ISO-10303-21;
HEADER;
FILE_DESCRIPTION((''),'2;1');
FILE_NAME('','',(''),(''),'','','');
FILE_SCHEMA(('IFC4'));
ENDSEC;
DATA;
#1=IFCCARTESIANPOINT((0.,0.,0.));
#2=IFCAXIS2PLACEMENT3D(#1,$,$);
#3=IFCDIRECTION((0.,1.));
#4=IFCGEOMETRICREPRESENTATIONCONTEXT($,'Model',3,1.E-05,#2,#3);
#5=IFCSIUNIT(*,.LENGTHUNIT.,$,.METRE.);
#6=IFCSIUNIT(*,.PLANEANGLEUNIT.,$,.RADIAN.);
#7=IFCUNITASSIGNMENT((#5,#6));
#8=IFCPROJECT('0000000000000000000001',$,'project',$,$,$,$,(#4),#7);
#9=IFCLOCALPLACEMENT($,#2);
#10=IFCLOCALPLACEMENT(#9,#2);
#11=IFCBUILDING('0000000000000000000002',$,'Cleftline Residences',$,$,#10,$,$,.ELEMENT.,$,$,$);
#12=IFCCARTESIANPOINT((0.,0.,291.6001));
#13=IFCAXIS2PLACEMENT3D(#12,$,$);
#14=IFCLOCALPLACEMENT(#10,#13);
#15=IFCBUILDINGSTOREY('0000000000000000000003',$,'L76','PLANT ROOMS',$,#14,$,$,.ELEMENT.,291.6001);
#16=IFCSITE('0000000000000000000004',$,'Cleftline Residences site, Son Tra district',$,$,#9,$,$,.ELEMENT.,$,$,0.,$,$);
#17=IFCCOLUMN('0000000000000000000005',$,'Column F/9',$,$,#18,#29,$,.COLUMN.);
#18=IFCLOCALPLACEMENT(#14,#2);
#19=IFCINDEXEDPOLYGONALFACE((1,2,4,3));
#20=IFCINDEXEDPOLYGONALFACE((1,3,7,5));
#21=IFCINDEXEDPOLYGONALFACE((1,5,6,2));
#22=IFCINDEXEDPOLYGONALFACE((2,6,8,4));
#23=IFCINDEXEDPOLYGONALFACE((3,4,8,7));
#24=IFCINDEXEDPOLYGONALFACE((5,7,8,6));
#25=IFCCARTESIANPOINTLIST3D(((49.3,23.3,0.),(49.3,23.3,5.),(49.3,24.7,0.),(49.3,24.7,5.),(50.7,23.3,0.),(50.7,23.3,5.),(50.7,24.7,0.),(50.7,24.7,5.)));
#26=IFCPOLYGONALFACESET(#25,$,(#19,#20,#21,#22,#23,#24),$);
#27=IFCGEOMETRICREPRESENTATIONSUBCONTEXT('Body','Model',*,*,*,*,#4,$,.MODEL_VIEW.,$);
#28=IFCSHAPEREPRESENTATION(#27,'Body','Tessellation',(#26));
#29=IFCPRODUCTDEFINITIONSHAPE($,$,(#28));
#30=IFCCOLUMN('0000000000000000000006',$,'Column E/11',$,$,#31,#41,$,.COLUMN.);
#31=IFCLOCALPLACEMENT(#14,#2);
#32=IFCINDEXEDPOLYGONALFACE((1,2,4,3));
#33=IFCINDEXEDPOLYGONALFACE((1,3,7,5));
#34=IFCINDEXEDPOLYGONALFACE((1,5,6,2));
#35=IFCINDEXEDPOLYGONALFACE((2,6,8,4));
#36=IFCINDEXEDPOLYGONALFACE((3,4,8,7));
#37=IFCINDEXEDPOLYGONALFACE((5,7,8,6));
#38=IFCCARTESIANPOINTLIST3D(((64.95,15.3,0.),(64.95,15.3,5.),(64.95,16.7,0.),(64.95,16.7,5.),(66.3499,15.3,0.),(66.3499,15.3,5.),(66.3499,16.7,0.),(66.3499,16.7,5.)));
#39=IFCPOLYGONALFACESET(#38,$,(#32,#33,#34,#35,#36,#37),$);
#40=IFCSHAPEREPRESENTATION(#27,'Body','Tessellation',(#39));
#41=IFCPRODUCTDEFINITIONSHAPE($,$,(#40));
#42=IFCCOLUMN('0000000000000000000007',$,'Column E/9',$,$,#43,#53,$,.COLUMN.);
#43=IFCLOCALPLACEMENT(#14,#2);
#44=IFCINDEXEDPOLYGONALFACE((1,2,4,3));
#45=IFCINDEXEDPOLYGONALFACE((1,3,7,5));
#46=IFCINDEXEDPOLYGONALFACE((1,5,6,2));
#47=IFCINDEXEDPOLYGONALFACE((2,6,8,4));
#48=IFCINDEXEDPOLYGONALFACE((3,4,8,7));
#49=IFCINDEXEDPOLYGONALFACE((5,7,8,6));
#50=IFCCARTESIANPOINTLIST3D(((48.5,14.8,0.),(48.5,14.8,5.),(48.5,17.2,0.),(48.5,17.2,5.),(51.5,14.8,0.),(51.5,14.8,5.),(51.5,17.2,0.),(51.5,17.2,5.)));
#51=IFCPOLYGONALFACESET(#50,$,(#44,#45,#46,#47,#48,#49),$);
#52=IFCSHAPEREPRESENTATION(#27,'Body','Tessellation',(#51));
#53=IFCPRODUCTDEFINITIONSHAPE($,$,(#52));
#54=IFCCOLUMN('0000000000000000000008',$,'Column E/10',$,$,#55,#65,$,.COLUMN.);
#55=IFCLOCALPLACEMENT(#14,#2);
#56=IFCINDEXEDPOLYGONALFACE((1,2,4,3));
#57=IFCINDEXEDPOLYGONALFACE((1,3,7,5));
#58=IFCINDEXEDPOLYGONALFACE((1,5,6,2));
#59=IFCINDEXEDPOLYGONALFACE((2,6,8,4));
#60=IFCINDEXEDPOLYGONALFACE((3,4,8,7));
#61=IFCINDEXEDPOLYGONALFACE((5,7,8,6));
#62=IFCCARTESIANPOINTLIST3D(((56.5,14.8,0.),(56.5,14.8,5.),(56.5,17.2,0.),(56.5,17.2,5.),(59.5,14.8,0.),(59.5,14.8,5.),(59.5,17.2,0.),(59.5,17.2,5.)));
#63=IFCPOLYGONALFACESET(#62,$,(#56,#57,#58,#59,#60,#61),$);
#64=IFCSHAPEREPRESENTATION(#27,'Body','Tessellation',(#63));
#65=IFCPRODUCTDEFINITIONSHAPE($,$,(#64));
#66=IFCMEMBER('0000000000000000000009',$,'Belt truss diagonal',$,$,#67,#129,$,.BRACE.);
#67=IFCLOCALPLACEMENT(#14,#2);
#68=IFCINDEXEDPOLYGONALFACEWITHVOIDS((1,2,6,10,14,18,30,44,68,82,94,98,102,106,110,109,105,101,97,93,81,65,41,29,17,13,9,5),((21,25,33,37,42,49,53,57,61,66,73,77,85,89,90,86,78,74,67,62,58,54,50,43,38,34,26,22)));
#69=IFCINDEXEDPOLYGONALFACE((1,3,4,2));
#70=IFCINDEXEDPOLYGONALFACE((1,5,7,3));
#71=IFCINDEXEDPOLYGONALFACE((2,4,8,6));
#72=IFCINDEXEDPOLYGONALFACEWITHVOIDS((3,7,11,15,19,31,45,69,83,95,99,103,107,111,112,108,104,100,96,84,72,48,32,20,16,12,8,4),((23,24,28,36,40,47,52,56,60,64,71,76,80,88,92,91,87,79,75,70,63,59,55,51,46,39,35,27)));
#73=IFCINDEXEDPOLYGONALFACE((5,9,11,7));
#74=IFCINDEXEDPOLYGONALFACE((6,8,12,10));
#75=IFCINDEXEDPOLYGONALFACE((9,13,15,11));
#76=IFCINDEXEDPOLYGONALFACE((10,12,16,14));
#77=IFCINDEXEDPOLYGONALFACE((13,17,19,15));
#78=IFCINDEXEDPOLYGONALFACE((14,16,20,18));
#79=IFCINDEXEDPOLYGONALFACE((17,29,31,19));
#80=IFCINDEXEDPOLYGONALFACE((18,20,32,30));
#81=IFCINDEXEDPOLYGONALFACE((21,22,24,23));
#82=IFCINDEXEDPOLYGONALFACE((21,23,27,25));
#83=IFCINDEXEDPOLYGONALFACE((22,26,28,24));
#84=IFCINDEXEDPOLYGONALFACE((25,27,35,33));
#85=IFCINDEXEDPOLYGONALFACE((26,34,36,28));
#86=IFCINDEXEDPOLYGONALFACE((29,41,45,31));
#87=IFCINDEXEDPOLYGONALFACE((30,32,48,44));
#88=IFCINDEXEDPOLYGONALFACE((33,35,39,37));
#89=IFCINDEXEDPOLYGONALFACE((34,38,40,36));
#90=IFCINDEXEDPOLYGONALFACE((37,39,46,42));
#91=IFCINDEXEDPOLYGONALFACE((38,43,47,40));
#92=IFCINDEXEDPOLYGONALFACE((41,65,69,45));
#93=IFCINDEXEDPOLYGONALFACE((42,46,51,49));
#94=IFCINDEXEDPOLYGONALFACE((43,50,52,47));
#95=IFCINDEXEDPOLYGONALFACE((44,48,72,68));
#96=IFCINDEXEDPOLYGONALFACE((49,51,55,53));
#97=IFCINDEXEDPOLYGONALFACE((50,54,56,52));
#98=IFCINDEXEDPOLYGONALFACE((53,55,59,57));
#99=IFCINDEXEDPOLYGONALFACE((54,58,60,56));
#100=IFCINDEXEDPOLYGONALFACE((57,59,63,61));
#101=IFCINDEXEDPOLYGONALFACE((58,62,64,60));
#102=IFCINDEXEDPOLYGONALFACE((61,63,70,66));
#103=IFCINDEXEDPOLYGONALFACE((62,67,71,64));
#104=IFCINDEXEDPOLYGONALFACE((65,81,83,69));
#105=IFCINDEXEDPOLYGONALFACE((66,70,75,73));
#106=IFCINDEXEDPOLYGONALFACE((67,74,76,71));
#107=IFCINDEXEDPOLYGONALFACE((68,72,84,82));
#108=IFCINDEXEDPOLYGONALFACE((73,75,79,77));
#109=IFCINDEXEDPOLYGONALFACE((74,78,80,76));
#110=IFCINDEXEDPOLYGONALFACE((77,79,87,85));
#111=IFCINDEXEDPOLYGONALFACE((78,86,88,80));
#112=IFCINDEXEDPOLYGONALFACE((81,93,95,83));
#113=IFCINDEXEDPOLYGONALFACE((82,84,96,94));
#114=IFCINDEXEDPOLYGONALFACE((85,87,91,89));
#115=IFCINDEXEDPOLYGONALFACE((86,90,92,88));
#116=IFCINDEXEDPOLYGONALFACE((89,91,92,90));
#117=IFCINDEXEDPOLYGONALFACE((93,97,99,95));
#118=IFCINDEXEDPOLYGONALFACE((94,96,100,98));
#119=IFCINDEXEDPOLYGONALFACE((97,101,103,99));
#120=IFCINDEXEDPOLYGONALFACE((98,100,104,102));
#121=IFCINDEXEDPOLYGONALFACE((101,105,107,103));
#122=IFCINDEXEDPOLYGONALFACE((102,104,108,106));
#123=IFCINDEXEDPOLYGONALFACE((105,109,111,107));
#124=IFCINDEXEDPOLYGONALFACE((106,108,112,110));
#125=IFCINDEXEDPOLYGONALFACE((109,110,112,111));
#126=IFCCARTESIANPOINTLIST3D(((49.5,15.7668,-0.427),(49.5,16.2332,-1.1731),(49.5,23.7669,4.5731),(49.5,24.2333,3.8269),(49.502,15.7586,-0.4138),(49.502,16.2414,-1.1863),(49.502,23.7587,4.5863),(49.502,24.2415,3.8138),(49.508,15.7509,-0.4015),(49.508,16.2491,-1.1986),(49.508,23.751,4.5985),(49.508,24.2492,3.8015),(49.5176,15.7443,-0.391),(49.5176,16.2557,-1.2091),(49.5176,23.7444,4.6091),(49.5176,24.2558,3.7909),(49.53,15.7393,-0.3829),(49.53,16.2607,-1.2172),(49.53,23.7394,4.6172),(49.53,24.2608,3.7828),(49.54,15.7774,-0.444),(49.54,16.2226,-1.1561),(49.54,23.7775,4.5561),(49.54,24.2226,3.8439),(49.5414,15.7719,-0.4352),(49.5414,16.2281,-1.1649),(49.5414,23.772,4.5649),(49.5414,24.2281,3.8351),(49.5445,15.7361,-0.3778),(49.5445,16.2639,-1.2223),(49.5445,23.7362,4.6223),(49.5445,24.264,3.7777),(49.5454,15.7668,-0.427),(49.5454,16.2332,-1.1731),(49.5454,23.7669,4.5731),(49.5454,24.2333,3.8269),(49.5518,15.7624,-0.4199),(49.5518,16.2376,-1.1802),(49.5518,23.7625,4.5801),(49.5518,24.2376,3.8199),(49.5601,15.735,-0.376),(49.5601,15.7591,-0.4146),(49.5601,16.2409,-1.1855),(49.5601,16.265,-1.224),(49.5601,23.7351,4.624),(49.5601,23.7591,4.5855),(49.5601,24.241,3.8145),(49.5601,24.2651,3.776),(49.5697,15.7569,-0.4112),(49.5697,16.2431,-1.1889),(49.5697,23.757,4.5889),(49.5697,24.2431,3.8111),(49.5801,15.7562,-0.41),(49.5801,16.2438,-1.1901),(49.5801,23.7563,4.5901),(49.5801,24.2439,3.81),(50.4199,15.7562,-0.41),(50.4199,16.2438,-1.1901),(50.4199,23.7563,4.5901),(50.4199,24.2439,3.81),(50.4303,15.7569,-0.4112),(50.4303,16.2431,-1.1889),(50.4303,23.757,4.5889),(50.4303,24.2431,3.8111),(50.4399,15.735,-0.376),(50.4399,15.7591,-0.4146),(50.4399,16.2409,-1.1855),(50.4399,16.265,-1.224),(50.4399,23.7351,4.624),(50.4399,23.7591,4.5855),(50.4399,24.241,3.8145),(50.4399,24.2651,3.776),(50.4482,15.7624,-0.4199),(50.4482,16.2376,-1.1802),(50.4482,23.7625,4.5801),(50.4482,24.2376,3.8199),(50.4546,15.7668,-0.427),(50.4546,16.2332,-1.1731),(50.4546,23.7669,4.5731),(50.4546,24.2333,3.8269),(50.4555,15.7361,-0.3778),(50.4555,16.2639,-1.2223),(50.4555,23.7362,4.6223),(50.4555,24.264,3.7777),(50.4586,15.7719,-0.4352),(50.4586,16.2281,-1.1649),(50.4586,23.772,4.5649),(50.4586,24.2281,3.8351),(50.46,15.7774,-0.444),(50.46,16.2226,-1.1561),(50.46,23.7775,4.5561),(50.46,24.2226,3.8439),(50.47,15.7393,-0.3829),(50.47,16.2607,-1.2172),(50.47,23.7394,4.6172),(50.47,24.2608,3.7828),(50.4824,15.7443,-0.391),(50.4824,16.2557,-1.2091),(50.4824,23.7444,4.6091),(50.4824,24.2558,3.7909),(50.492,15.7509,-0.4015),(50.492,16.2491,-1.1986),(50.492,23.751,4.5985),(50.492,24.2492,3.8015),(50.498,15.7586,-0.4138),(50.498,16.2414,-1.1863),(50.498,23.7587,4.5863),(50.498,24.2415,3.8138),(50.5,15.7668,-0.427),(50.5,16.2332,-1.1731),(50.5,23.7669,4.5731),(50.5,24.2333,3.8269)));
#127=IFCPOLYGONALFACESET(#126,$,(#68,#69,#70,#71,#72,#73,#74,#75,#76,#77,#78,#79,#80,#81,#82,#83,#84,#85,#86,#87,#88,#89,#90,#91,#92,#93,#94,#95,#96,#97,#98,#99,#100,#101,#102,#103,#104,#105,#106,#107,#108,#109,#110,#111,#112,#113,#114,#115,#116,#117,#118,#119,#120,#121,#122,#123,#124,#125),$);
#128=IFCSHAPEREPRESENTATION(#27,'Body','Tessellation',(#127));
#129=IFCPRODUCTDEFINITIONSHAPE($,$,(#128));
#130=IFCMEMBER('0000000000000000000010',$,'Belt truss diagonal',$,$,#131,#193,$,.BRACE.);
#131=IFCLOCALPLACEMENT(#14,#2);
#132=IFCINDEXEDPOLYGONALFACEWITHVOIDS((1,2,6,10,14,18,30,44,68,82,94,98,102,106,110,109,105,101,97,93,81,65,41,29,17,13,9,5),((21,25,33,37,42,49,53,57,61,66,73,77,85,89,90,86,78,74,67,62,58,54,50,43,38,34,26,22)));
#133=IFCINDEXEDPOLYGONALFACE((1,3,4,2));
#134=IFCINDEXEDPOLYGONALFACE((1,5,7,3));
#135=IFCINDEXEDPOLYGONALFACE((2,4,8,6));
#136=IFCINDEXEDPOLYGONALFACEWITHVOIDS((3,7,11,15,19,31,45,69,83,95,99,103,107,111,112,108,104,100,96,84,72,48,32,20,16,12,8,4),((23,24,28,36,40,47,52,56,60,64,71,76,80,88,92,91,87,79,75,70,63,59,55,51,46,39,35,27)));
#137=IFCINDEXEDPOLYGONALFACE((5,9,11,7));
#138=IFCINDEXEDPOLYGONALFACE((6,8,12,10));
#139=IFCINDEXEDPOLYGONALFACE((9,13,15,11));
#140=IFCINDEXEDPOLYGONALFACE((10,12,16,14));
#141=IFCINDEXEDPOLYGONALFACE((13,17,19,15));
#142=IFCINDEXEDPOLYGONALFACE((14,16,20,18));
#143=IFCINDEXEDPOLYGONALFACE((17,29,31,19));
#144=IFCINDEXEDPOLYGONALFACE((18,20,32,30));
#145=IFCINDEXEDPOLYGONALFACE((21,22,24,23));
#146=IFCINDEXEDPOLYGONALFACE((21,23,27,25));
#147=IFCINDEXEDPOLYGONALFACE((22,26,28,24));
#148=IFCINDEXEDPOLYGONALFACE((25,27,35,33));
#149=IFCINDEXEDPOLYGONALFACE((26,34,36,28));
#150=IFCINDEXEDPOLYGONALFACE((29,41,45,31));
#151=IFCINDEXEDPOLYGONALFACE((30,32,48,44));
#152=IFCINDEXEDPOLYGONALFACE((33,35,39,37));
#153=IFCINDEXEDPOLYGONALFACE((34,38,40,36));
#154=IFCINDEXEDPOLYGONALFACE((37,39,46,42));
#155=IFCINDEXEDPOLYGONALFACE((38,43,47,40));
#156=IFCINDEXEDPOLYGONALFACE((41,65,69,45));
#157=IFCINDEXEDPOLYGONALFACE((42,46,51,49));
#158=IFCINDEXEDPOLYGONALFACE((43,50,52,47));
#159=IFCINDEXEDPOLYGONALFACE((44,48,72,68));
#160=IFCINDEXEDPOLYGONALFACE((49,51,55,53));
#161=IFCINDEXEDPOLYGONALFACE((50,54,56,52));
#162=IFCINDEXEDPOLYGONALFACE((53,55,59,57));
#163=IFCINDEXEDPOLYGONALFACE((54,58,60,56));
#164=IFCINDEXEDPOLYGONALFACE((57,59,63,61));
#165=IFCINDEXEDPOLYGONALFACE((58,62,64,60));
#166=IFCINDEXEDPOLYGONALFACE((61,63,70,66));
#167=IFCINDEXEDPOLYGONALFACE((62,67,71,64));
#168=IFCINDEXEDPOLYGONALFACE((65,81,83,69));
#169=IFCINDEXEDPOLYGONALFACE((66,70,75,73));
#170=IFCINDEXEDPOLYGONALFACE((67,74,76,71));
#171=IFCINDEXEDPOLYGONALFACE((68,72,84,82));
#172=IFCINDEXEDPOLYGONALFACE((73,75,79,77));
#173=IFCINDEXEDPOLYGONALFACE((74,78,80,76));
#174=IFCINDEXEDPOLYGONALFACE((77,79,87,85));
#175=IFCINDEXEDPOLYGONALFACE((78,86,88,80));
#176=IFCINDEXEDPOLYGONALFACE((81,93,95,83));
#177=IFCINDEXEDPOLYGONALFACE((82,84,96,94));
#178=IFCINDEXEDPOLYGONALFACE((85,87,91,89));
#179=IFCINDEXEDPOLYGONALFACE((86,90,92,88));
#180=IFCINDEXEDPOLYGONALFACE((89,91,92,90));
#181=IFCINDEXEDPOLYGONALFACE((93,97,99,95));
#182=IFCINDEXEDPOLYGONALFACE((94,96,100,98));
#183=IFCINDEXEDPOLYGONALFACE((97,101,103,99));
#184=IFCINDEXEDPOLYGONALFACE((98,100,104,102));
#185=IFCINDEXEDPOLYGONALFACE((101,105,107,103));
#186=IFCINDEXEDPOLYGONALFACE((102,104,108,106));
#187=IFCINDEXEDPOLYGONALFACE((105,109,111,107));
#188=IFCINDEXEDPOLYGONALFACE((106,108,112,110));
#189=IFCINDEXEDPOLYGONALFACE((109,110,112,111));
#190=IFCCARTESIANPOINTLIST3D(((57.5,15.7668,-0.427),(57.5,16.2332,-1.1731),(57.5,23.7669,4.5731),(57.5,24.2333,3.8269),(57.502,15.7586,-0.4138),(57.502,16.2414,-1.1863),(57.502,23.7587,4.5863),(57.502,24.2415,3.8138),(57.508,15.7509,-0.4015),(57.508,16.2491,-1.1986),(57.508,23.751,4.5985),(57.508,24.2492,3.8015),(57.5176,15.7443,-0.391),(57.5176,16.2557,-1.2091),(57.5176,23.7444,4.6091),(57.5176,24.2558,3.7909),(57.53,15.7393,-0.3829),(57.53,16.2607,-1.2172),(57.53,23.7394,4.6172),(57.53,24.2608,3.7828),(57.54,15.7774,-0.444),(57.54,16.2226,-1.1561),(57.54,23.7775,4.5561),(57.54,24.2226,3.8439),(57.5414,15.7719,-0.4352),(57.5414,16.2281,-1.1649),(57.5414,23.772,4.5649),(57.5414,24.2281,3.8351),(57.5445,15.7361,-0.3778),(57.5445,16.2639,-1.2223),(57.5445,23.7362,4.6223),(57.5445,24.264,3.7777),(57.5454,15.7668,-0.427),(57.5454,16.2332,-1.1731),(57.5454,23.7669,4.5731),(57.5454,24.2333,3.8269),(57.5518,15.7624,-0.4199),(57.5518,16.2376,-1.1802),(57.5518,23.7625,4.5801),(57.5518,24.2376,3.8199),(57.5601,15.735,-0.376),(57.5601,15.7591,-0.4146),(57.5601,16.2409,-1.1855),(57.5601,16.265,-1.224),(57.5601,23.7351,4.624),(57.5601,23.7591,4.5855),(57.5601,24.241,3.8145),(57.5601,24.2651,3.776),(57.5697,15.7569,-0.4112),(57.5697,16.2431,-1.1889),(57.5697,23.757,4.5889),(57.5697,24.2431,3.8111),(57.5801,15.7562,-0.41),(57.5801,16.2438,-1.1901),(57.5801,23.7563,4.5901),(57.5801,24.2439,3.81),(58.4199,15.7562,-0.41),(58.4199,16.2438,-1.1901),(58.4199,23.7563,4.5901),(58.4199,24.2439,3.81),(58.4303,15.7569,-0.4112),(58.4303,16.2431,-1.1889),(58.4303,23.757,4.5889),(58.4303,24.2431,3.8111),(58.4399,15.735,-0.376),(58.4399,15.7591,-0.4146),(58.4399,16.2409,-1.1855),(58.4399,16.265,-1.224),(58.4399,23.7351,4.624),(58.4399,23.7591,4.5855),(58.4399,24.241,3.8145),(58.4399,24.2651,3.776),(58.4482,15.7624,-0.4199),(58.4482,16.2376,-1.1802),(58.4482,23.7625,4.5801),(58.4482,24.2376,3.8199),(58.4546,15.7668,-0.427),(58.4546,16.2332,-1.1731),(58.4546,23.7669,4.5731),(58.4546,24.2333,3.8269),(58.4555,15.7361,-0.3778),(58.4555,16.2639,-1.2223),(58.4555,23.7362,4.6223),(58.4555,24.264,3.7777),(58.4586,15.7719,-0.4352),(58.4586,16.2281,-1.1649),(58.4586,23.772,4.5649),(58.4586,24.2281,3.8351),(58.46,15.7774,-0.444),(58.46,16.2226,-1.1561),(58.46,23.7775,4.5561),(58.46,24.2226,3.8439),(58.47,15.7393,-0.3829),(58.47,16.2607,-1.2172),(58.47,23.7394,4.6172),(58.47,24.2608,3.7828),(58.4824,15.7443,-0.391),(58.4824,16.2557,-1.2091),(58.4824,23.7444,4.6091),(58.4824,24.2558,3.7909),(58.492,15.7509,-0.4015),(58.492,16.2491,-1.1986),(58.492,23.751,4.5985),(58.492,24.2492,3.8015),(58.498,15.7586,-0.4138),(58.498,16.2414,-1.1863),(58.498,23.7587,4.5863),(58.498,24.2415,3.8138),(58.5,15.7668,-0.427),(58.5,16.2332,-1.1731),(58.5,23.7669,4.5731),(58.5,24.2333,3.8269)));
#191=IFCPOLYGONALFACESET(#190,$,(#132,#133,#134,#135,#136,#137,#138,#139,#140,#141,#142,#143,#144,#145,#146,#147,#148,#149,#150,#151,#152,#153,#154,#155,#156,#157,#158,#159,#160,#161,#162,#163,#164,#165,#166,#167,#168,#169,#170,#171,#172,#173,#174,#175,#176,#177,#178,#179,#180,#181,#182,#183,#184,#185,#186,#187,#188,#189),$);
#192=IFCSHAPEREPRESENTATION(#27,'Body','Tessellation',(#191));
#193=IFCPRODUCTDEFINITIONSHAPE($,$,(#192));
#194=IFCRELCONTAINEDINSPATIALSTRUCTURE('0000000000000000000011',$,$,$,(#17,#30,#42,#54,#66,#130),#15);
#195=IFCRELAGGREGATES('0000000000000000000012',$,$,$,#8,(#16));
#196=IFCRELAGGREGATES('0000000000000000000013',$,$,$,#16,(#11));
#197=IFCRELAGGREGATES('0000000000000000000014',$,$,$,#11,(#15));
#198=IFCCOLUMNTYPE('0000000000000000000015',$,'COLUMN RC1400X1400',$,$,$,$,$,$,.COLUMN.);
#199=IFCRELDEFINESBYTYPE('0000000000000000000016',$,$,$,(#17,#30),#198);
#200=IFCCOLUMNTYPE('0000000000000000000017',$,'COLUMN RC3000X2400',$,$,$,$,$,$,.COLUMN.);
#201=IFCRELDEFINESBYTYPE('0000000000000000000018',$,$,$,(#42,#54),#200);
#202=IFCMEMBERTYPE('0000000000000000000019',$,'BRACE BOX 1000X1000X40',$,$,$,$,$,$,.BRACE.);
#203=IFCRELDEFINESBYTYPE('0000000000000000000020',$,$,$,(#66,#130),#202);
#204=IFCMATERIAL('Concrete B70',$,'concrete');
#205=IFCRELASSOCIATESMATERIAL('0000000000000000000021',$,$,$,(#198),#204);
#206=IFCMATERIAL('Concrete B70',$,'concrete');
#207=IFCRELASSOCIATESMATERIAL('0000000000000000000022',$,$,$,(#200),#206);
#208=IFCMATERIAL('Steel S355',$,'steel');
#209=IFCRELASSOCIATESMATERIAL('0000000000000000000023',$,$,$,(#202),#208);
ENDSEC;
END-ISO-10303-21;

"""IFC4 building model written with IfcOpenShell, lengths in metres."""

from ifc_helpers import new_model, si_unit, direction, frame, origin, origin_2d, place, context, subcontext, project, spatial, rectangle, hollow_rectangle, extrude, material, material_profile, profile_set, type_object, element, save


model = new_model("IFC4")

# Units and contexts
model_context = context("Model", 3, precision=1e-05, world=origin(), true_north=direction((0.0, 1.0)))
body_context = subcontext(model_context, "Body", "Model", "MODEL_VIEW")
ifc_project = project(units=[si_unit("LENGTHUNIT", "METRE"), si_unit("PLANEANGLEUNIT", "RADIAN")], contexts=[model_context])

# Site, building, storey
site_placement = place(None, origin())
site = spatial("IfcSite", under=ifc_project, at=site_placement, Name="Cleftline Residences site, Son Tra district", CompositionType="ELEMENT", RefElevation=0.0)
building_placement = place(site_placement, origin())
building = spatial("IfcBuilding", under=site, at=building_placement, Name="Cleftline Residences", CompositionType="ELEMENT")
storey_placement = place(building_placement, frame((0.0, 0.0, 291.6001)))
storey = spatial("IfcBuildingStorey", under=building, at=storey_placement, Name="L76", Description="PLANT ROOMS", CompositionType="ELEMENT", Elevation=291.6001)

# Columns
ifc_material_1 = material(Name="Concrete B70", Category="concrete")
ifc_material_profile_1 = material_profile(ifc_material_1, rectangle(XDim=1.3999, YDim=1.3999, at=origin_2d()))
ifc_profile_set_1 = profile_set([ifc_material_profile_1], Name="Concrete B70")
column_type_1 = type_object("IfcColumnType", Name="COLUMN RC1400X1400", PredefinedType="COLUMN", material=ifc_profile_set_1)
for number, where, z_axis, x_axis, name in (
    (1, (50.0, 24.0, 0.0), (0.0, 0.0, 1.0), (1.0, 0.0, 0.0), "Column F/9"),
    (2, (65.6499, 16.0, 0.0), (0.0, 0.0, 1.0), (1.0, 0.0, 0.0), "Column E/11"),
):
    element("IfcColumn", number, at=place(storey_placement, frame(where, z_axis=z_axis, x_axis=x_axis)), inside=storey, type_object=column_type_1, Name=name, PredefinedType="COLUMN", context=body_context, shape_type="SweptSolid", body=[
        extrude(rectangle(XDim=1.3999, YDim=1.3999, at=origin_2d()), origin(), (0.0, 0.0, 1.0), 5.0),
    ])
ifc_material_2 = material(Name="Concrete B70", Category="concrete")
ifc_material_profile_2 = material_profile(ifc_material_2, rectangle(XDim=3.0, YDim=2.3999, at=origin_2d()))
ifc_profile_set_2 = profile_set([ifc_material_profile_2], Name="Concrete B70")
column_type_2 = type_object("IfcColumnType", Name="COLUMN RC3000X2400", PredefinedType="COLUMN", material=ifc_profile_set_2)
for number, where, z_axis, x_axis, name in (
    (3, (50.0, 16.0, 0.0), (0.0, 0.0, 1.0), (1.0, 0.0, 0.0), "Column E/9"),
    (4, (58.0, 16.0, 0.0), (0.0, 0.0, 1.0), (1.0, 0.0, 0.0), "Column E/10"),
):
    element("IfcColumn", number, at=place(storey_placement, frame(where, z_axis=z_axis, x_axis=x_axis)), inside=storey, type_object=column_type_2, Name=name, PredefinedType="COLUMN", context=body_context, shape_type="SweptSolid", body=[
        extrude(rectangle(XDim=3.0, YDim=2.3999, at=origin_2d()), origin(), (0.0, 0.0, 1.0), 5.0),
    ])

# Members
ifc_material_3 = material(Name="Steel S355", Category="steel")
ifc_material_profile_3 = material_profile(ifc_material_3, hollow_rectangle(XDim=1.0, YDim=1.0, WallThickness=0.04, InnerFilletRadius=0.04, OuterFilletRadius=0.0601, at=origin_2d()))
ifc_profile_set_3 = profile_set([ifc_material_profile_3], Name="Steel S355")
member_type_1 = type_object("IfcMemberType", Name="BRACE BOX 1000X1000X40", PredefinedType="BRACE", material=ifc_profile_set_3)
for number, where, z_axis, x_axis, name in (
    (5, (50.0, 16.0, -0.8), (0.0, 0.847998, 0.529999), (0.0, -0.529999, 0.847998), "Belt truss diagonal"),
    (6, (58.0, 16.0, -0.8), (0.0, 0.847998, 0.529999), (0.0, -0.529999, 0.847998), "Belt truss diagonal"),
):
    element("IfcMember", number, at=place(storey_placement, frame(where, z_axis=z_axis, x_axis=x_axis)), inside=storey, type_object=member_type_1, Name=name, PredefinedType="BRACE", context=body_context, shape_type="SweptSolid", body=[
        extrude(hollow_rectangle(XDim=1.0, YDim=1.0, WallThickness=0.04, InnerFilletRadius=0.04, OuterFilletRadius=0.0601, at=origin_2d()), origin(), (0.0, 0.0, 1.0), 9.4341),
    ])

save(model, "model.ifc")
